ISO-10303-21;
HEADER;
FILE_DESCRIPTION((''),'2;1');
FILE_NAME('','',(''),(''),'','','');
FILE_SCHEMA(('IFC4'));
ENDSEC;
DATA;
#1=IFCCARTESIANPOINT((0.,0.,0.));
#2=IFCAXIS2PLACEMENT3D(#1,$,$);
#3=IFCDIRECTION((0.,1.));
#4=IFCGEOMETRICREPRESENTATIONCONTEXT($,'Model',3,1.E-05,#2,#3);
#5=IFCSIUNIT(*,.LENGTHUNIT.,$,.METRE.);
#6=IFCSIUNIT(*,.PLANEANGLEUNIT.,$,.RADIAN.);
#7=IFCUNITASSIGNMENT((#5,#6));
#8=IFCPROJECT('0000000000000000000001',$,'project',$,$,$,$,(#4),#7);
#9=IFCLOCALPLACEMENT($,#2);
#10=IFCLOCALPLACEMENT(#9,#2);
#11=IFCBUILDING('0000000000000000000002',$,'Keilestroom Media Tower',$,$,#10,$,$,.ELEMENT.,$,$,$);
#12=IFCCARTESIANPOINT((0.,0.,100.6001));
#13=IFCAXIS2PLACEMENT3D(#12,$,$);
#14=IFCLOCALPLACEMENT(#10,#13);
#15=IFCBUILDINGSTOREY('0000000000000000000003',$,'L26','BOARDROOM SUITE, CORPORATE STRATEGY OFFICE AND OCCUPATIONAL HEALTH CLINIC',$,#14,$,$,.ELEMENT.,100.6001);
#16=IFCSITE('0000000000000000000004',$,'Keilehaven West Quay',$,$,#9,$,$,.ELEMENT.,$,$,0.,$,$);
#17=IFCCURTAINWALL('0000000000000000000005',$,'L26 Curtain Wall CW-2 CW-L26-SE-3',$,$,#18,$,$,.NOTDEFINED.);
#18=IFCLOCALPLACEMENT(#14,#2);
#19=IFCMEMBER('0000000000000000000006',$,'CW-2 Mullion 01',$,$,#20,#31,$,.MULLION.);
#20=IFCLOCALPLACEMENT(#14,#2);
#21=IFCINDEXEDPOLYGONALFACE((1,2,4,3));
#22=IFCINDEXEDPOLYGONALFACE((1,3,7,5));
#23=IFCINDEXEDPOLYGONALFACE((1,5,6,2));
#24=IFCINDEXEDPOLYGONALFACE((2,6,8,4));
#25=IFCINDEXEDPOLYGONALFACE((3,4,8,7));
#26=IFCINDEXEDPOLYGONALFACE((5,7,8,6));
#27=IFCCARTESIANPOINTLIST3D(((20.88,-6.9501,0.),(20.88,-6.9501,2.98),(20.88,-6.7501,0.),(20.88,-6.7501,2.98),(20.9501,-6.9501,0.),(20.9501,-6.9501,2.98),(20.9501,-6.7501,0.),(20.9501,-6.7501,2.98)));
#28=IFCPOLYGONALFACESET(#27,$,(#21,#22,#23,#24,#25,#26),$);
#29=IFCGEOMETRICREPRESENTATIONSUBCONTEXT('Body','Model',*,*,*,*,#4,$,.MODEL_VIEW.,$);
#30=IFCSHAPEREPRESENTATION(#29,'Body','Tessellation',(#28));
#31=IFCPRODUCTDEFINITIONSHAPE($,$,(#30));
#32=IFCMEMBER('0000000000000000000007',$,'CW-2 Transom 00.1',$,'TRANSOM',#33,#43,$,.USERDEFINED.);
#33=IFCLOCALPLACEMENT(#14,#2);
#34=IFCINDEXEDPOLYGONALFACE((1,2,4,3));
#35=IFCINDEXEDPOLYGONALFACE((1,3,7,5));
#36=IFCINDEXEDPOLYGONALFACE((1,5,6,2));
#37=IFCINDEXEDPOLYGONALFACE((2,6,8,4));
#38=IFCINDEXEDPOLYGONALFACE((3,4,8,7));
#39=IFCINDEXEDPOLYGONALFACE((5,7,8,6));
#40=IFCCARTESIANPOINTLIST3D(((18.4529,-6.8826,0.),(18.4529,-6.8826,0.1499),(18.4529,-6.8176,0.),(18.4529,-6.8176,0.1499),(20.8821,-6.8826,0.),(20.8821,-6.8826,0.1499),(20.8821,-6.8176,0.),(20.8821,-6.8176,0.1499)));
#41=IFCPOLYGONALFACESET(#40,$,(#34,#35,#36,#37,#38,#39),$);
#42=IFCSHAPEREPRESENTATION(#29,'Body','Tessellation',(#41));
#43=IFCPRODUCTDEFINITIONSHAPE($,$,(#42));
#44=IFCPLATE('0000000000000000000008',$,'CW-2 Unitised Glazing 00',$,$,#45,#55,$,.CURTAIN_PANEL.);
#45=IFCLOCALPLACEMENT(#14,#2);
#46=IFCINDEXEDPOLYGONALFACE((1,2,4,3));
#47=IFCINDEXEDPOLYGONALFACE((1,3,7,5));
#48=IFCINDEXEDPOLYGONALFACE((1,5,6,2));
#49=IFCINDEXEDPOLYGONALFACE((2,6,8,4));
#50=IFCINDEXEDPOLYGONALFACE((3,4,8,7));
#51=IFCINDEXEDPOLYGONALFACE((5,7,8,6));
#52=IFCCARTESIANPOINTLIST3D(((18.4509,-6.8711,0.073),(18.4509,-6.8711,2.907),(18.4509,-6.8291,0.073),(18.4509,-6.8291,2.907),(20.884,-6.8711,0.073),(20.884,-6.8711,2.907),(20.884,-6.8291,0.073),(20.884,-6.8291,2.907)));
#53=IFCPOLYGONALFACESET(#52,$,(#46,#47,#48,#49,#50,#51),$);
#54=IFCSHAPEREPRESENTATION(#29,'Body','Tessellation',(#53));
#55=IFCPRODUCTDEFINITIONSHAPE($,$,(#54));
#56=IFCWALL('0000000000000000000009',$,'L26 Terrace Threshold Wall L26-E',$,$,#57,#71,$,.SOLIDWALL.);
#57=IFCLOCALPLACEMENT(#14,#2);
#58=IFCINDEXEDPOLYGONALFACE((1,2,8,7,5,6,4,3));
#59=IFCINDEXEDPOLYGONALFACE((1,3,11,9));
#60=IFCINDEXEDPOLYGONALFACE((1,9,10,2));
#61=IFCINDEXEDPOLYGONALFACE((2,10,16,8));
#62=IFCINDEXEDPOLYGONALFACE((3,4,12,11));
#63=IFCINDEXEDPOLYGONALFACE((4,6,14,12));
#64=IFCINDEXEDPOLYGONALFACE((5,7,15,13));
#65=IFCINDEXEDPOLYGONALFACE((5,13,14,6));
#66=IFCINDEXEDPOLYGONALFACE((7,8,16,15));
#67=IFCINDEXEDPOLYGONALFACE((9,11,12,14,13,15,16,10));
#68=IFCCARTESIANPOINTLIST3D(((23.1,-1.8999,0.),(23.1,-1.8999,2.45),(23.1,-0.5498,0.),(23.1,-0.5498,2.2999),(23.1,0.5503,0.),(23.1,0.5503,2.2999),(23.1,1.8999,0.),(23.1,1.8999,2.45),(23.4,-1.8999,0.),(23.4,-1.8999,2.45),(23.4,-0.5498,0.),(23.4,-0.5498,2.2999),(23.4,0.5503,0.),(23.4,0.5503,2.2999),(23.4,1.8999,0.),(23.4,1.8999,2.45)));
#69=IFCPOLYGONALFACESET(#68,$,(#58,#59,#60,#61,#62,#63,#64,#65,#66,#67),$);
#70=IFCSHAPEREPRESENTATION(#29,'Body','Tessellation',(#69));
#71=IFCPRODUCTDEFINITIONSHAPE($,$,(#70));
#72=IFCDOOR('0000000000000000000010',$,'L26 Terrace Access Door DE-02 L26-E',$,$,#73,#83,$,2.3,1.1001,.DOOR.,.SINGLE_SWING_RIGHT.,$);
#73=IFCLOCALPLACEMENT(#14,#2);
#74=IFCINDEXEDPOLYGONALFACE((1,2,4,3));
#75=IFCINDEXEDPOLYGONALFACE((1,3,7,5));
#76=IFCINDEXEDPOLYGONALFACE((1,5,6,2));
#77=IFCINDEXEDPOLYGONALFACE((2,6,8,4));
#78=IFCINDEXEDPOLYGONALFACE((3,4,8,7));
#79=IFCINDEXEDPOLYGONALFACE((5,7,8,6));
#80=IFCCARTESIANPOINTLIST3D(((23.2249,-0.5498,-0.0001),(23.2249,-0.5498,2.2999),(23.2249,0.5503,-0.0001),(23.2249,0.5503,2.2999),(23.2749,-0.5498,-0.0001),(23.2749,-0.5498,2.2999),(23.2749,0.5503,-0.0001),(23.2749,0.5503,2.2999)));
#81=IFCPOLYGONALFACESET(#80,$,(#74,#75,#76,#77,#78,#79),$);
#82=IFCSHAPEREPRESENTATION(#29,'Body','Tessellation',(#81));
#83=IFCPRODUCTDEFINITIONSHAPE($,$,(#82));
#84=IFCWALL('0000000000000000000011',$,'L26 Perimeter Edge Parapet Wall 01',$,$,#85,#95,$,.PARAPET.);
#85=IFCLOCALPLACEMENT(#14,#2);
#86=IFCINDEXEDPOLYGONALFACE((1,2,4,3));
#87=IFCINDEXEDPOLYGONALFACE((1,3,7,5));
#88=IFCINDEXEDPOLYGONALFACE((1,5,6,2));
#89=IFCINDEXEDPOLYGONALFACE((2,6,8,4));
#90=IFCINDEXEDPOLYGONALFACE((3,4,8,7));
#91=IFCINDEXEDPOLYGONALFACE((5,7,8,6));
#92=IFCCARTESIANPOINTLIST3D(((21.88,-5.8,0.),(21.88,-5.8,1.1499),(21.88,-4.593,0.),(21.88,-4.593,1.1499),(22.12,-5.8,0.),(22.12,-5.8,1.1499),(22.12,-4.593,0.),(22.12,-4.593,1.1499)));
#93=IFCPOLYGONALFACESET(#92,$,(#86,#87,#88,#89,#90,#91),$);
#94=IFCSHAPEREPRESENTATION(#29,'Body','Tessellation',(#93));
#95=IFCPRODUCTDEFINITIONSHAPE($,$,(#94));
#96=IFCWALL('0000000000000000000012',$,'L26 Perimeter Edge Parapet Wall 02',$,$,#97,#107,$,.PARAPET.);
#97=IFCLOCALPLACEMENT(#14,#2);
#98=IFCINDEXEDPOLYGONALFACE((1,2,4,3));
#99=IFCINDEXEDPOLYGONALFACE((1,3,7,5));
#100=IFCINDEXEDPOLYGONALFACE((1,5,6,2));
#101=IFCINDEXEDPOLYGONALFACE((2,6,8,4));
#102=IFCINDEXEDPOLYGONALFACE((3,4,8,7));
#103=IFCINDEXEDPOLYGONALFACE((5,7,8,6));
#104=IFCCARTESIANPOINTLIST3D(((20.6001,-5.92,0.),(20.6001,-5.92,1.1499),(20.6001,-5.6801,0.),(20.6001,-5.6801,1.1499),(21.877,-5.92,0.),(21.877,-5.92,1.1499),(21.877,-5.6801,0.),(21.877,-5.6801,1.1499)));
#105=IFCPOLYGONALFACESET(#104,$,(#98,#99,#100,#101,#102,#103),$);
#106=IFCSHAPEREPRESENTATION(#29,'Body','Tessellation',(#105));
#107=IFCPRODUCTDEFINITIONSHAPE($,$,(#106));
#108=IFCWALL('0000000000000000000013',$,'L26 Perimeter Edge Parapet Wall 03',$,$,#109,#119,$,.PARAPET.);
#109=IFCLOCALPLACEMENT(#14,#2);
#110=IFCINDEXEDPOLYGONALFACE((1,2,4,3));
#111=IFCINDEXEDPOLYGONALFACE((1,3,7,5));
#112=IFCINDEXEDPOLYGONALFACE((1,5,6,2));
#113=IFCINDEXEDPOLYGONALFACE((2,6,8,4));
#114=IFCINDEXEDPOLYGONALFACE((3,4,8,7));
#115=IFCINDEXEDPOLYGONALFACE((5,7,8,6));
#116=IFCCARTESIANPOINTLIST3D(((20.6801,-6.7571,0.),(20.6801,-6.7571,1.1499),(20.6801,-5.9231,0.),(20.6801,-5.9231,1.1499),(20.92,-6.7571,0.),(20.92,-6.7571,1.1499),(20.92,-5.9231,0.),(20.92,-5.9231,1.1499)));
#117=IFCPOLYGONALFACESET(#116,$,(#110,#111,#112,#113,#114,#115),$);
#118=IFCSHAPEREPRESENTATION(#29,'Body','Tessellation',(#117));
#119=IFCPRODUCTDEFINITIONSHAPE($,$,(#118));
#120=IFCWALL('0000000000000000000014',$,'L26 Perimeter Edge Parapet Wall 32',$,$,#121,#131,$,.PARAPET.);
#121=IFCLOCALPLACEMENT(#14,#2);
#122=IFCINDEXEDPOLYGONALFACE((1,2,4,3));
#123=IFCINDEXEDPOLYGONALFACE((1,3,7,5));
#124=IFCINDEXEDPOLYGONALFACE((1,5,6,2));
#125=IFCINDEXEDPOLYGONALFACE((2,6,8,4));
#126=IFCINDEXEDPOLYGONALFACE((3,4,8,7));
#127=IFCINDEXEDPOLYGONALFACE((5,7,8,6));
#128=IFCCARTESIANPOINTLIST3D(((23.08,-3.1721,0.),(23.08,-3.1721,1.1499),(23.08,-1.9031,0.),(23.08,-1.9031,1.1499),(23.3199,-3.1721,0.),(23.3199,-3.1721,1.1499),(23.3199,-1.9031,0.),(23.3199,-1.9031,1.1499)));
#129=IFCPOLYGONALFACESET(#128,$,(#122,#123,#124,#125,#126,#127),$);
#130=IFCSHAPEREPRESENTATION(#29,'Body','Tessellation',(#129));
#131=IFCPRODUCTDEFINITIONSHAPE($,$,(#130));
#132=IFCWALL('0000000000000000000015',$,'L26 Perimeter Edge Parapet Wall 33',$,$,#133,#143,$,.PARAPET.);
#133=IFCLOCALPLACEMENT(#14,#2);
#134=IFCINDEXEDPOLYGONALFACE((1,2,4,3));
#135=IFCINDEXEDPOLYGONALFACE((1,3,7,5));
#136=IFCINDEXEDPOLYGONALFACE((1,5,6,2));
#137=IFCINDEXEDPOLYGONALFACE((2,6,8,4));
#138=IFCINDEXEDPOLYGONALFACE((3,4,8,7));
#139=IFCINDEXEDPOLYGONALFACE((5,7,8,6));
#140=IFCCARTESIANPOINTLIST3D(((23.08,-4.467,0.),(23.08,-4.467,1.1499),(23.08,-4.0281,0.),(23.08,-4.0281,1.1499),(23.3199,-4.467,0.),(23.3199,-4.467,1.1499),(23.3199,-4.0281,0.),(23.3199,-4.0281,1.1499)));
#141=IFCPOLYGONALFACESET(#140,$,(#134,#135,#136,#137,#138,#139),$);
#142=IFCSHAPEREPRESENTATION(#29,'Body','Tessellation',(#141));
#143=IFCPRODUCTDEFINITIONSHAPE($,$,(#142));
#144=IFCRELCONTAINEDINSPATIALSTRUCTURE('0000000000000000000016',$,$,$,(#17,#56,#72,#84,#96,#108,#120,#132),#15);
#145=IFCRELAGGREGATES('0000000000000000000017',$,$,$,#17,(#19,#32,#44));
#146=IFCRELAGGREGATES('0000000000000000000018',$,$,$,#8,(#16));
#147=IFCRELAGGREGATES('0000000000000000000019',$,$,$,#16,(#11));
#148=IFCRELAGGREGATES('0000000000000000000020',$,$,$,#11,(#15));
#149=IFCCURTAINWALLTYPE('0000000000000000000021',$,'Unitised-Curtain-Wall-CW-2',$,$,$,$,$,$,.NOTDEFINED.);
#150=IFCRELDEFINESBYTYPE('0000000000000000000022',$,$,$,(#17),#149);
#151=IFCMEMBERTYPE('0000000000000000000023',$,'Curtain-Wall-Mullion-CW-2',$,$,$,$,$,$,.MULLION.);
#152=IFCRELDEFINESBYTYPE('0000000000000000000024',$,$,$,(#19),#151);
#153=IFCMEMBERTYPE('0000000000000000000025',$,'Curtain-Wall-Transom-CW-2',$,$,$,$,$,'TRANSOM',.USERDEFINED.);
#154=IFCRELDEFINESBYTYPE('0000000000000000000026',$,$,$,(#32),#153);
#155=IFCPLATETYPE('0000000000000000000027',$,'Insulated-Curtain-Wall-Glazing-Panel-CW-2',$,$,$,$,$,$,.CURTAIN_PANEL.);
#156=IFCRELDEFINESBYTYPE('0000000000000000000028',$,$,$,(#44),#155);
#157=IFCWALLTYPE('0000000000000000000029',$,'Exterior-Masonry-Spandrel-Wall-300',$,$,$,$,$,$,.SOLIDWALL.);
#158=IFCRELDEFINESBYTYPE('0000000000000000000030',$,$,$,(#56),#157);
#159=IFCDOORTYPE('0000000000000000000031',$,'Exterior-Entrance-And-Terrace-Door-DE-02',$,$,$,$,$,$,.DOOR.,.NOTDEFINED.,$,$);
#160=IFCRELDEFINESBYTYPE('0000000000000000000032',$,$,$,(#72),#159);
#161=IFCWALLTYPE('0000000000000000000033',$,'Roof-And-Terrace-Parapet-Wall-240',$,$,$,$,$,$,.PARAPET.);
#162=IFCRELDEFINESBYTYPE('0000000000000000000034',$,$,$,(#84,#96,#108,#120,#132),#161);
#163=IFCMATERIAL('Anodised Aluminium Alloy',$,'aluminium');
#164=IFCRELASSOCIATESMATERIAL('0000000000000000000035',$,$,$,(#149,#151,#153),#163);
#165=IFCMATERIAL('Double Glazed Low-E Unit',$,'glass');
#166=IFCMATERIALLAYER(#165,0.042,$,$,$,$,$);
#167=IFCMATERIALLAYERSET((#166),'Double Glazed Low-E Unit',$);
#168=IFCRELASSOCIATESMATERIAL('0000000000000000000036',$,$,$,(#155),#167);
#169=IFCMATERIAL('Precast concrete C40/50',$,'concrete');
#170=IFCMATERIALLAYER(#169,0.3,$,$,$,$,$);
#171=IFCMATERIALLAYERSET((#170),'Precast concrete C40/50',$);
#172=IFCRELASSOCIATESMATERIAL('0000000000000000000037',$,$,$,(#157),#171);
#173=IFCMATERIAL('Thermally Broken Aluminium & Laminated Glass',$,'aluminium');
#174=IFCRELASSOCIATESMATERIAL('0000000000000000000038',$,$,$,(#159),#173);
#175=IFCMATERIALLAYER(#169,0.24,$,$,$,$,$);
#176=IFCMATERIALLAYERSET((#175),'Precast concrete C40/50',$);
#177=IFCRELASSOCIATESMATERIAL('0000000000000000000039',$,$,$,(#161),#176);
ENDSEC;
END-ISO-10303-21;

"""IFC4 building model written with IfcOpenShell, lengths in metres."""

from ifc_helpers import new_model, si_unit, direction, frame, frame_2d, origin, origin_2d, place, context, subcontext, project, spatial, rectangle, extrude, source, transform, mapped, material, layer, layer_set, material_profile, profile_set, type_object, element, fill, aggregate, save


model = new_model("IFC4")

# Units and contexts
model_context = context("Model", 3, precision=1e-05, world=origin(), true_north=direction((0.0, 1.0)))
body_context = subcontext(model_context, "Body", "Model", "MODEL_VIEW")
ifc_project = project(units=[si_unit("LENGTHUNIT", "METRE"), si_unit("PLANEANGLEUNIT", "RADIAN")], contexts=[model_context])

# Site, building, storey
site_placement = place(None, origin())
site = spatial("IfcSite", under=ifc_project, at=site_placement, Name="Keilehaven West Quay", CompositionType="ELEMENT", RefElevation=0.0)
building_placement = place(site_placement, origin())
building = spatial("IfcBuilding", under=site, at=building_placement, Name="Keilestroom Media Tower", CompositionType="ELEMENT")
storey_placement = place(building_placement, frame((0.0, 0.0, 100.6001)))
storey = spatial("IfcBuildingStorey", under=building, at=storey_placement, Name="L26", Description="BOARDROOM SUITE, CORPORATE STRATEGY OFFICE AND OCCUPATIONAL HEALTH CLINIC", CompositionType="ELEMENT", Elevation=100.6001)

# Shared definitions
ifc_material_1 = material(Name="Precast concrete C40/50", Category="concrete")

# Curtain wall, members, plate
ifc_material_2 = material(Name="Anodised Aluminium Alloy", Category="aluminium")
curtain_wall_type = type_object("IfcCurtainWallType", Name="Unitised-Curtain-Wall-CW-2", PredefinedType="NOTDEFINED", material=ifc_material_2)
curtain_wall_placement = place(storey_placement, origin())
curtain_wall = element("IfcCurtainWall", 1, at=curtain_wall_placement, inside=storey, type_object=curtain_wall_type, Name="L26 Curtain Wall CW-2 CW-L26-SE-3", PredefinedType="NOTDEFINED")
ifc_material_profile_1 = material_profile(ifc_material_2, rectangle(XDim=0.0701, YDim=0.2, at=origin_2d()), Name="ALU MULLION 70x200")
ifc_profile_set_1 = profile_set([ifc_material_profile_1], Name="Anodised Aluminium Alloy")
member_type_1 = type_object("IfcMemberType", Name="Curtain-Wall-Mullion-CW-2", PredefinedType="MULLION", material=ifc_profile_set_1)
shared_shape_1 = source(origin(), body_context, "Body", "SweptSolid", [
    extrude(rectangle(XDim=0.0701, YDim=0.2, at=origin_2d()), origin(), (0.0, 0.0, 1.0), 2.98),
])
member_1_placement = place(storey_placement, frame((20.915, -6.8501, 0.0), z_axis=(0.0, 0.0, 1.0), x_axis=(1.0, 0.0, 0.0)))
member_1 = element("IfcMember", 2, at=member_1_placement, type_object=member_type_1, Name="CW-2 Mullion 01", PredefinedType="MULLION", context=body_context, shape_type="MappedRepresentation", body=[
    mapped(shared_shape_1, transform((0.0, 0.0, 0.0), x_axis=(1.0, 0.0, 0.0), y_axis=(0.0, 1.0, 0.0), z_axis=(0.0, 0.0, 1.0), scale=1.0)),
])
ifc_material_profile_2 = material_profile(ifc_material_2, rectangle(XDim=0.0649, YDim=0.1499, at=origin_2d()), Name="ALU TRANSOM 65x150")
ifc_profile_set_2 = profile_set([ifc_material_profile_2], Name="Anodised Aluminium Alloy")
member_type_2 = type_object("IfcMemberType", Name="Curtain-Wall-Transom-CW-2", ElementType="TRANSOM", PredefinedType="USERDEFINED", material=ifc_profile_set_2)
shared_shape_2 = source(origin(), body_context, "Body", "SweptSolid", [
    extrude(rectangle(XDim=0.0649, YDim=0.1499, at=origin_2d()), origin(), (0.0, 0.0, 1.0), 2.4292),
])
member_2_placement = place(storey_placement, frame((18.4529, -6.8501, 0.075), z_axis=(1.0, 0.0, 0.0), x_axis=(0.0, 1.0, 0.0)))
member_2 = element("IfcMember", 3, at=member_2_placement, type_object=member_type_2, Name="CW-2 Transom 00.1", ObjectType="TRANSOM", PredefinedType="USERDEFINED", context=body_context, shape_type="MappedRepresentation", body=[
    mapped(shared_shape_2, transform((0.0, 0.0, 0.0), x_axis=(1.0, 0.0, 0.0), y_axis=(0.0, 1.0, 0.0), z_axis=(0.0, 0.0, 1.0), scale=1.0)),
])
ifc_material_3 = material(Name="Double Glazed Low-E Unit", Category="glass")
ifc_layer_1 = layer(ifc_material_3, 0.042)
ifc_layer_set_1 = layer_set([ifc_layer_1], Name="Double Glazed Low-E Unit")
plate_type = type_object("IfcPlateType", Name="Insulated-Curtain-Wall-Glazing-Panel-CW-2", PredefinedType="CURTAIN_PANEL", material=ifc_layer_set_1)
shared_shape_3 = source(origin(), body_context, "Body", "SweptSolid", [
    extrude(rectangle(XDim=2.4331, YDim=0.042, at=origin_2d()), origin(), (0.0, 0.0, 1.0), 2.834),
])
plate_placement = place(storey_placement, frame((19.6675, -6.8501, 0.073), z_axis=(0.0, 0.0, 1.0), x_axis=(1.0, 0.0, 0.0)))
plate = element("IfcPlate", 4, at=plate_placement, type_object=plate_type, Name="CW-2 Unitised Glazing 00", PredefinedType="CURTAIN_PANEL", context=body_context, shape_type="MappedRepresentation", body=[
    mapped(shared_shape_3, transform((0.0, 0.0, 0.0), x_axis=(1.0, 0.0, 0.0), y_axis=(0.0, 1.0, 0.0), z_axis=(0.0, 0.0, 1.0), scale=1.0)),
])
aggregate(curtain_wall, [member_1, member_2, plate])

# Wall, opening, door
ifc_layer_2 = layer(ifc_material_1, 0.3)
ifc_layer_set_2 = layer_set([ifc_layer_2], Name="Precast concrete C40/50")
wall_type_1 = type_object("IfcWallType", Name="Exterior-Masonry-Spandrel-Wall-300", PredefinedType="SOLIDWALL", material=ifc_layer_set_2)
wall_1_placement = place(storey_placement, frame((23.25, -1.8999, 0.0), z_axis=(0.0, 0.0, 1.0), x_axis=(0.0, 1.0, 0.0)))
wall_1 = element("IfcWall", 5, at=wall_1_placement, inside=storey, type_object=wall_type_1, Name="L26 Terrace Threshold Wall L26-E", PredefinedType="SOLIDWALL", context=body_context, shape_type="SweptSolid", body=[
    extrude(rectangle(XDim=3.7998, YDim=0.3, at=frame_2d((1.8999, 0.0))), origin(), (0.0, 0.0, 1.0), 2.45),
])
opening_placement = place(wall_1_placement, frame((1.3501, 0.0, 0.0)))
opening = element("IfcOpeningElement", 6, at=opening_placement, cuts=wall_1, PredefinedType="OPENING", context=body_context, shape_type="SweptSolid", body=[
    extrude(rectangle(XDim=1.1001, YDim=2.3, at=frame_2d((0.55, 1.1499))), frame((0.0, 0.1602, 0.0), z_axis=(0.0, -1.0, 0.0), x_axis=(1.0, 0.0, 0.0)), (0.0, 0.0, 1.0), 0.3201),
])
ifc_material_4 = material(Name="Thermally Broken Aluminium & Laminated Glass", Category="aluminium")
door_type = type_object("IfcDoorType", Name="Exterior-Entrance-And-Terrace-Door-DE-02", OperationType="NOTDEFINED", PredefinedType="DOOR", material=ifc_material_4)
shared_shape_4 = source(origin(), body_context, "Body", "SweptSolid", [
    extrude(rectangle(XDim=1.1001, YDim=2.3, at=frame_2d((0.55, 1.1499))), frame((0.0, 0.0249, 0.0), z_axis=(0.0, -1.0, 0.0), x_axis=(1.0, 0.0, 0.0)), (0.0, 0.0, 1.0), 0.05),
])
door_placement = place(opening_placement, frame((1.1001, 0.0, 0.0), z_axis=(0.0, 0.0, 1.0), x_axis=(-1.0, 0.0, 0.0)))
door = element("IfcDoor", 7, at=door_placement, inside=storey, type_object=door_type, Name="L26 Terrace Access Door DE-02 L26-E", OperationType="SINGLE_SWING_RIGHT", OverallHeight=2.3, OverallWidth=1.1001, PredefinedType="DOOR", context=body_context, shape_type="MappedRepresentation", body=[
    mapped(shared_shape_4, transform((0.0, 0.0, 0.0), x_axis=(1.0, 0.0, 0.0), y_axis=(0.0, 1.0, 0.0), z_axis=(0.0, 0.0, 1.0), scale=1.0)),
])
fill(opening, door)

# Walls
ifc_layer_3 = layer(ifc_material_1, 0.24)
ifc_layer_set_3 = layer_set([ifc_layer_3], Name="Precast concrete C40/50")
wall_type_2 = type_object("IfcWallType", Name="Roof-And-Terrace-Parapet-Wall-240", PredefinedType="PARAPET", material=ifc_layer_set_3)
wall_2_placement = place(storey_placement, frame((22.0, -4.593, 0.0), z_axis=(0.0, 0.0, 1.0), x_axis=(0.0, -1.0, 0.0)))
element("IfcWall", 8, at=wall_2_placement, inside=storey, type_object=wall_type_2, Name="L26 Perimeter Edge Parapet Wall 01", PredefinedType="PARAPET", context=body_context, shape_type="SweptSolid", body=[
    extrude(rectangle(XDim=1.207, YDim=0.24, at=frame_2d((0.6035, 0.0))), origin(), (0.0, 0.0, 1.0), 1.1499),
])
wall_3_placement = place(storey_placement, frame((21.877, -5.8, 0.0), z_axis=(0.0, 0.0, 1.0), x_axis=(-1.0, 0.0, 0.0)))
element("IfcWall", 9, at=wall_3_placement, inside=storey, type_object=wall_type_2, Name="L26 Perimeter Edge Parapet Wall 02", PredefinedType="PARAPET", context=body_context, shape_type="SweptSolid", body=[
    extrude(rectangle(XDim=1.2769, YDim=0.24, at=frame_2d((0.6384, 0.0))), origin(), (0.0, 0.0, 1.0), 1.1499),
])
wall_4_placement = place(storey_placement, frame((20.8, -5.9231, 0.0), z_axis=(0.0, 0.0, 1.0), x_axis=(0.0, -1.0, 0.0)))
element("IfcWall", 10, at=wall_4_placement, inside=storey, type_object=wall_type_2, Name="L26 Perimeter Edge Parapet Wall 03", PredefinedType="PARAPET", context=body_context, shape_type="SweptSolid", body=[
    extrude(rectangle(XDim=0.834, YDim=0.24, at=frame_2d((0.417, 0.0))), origin(), (0.0, 0.0, 1.0), 1.1499),
])
wall_5_placement = place(storey_placement, frame((23.2, -1.9031, 0.0), z_axis=(0.0, 0.0, 1.0), x_axis=(0.0, -1.0, 0.0)))
element("IfcWall", 11, at=wall_5_placement, inside=storey, type_object=wall_type_2, Name="L26 Perimeter Edge Parapet Wall 32", PredefinedType="PARAPET", context=body_context, shape_type="SweptSolid", body=[
    extrude(rectangle(XDim=1.269, YDim=0.24, at=frame_2d((0.6345, 0.0))), origin(), (0.0, 0.0, 1.0), 1.1499),
])
wall_6_placement = place(storey_placement, frame((23.2, -4.0281, 0.0), z_axis=(0.0, 0.0, 1.0), x_axis=(0.0, -1.0, 0.0)))
element("IfcWall", 12, at=wall_6_placement, inside=storey, type_object=wall_type_2, Name="L26 Perimeter Edge Parapet Wall 33", PredefinedType="PARAPET", context=body_context, shape_type="SweptSolid", body=[
    extrude(rectangle(XDim=0.439, YDim=0.24, at=frame_2d((0.2195, 0.0))), origin(), (0.0, 0.0, 1.0), 1.1499),
])

save(model, "model.ifc")
